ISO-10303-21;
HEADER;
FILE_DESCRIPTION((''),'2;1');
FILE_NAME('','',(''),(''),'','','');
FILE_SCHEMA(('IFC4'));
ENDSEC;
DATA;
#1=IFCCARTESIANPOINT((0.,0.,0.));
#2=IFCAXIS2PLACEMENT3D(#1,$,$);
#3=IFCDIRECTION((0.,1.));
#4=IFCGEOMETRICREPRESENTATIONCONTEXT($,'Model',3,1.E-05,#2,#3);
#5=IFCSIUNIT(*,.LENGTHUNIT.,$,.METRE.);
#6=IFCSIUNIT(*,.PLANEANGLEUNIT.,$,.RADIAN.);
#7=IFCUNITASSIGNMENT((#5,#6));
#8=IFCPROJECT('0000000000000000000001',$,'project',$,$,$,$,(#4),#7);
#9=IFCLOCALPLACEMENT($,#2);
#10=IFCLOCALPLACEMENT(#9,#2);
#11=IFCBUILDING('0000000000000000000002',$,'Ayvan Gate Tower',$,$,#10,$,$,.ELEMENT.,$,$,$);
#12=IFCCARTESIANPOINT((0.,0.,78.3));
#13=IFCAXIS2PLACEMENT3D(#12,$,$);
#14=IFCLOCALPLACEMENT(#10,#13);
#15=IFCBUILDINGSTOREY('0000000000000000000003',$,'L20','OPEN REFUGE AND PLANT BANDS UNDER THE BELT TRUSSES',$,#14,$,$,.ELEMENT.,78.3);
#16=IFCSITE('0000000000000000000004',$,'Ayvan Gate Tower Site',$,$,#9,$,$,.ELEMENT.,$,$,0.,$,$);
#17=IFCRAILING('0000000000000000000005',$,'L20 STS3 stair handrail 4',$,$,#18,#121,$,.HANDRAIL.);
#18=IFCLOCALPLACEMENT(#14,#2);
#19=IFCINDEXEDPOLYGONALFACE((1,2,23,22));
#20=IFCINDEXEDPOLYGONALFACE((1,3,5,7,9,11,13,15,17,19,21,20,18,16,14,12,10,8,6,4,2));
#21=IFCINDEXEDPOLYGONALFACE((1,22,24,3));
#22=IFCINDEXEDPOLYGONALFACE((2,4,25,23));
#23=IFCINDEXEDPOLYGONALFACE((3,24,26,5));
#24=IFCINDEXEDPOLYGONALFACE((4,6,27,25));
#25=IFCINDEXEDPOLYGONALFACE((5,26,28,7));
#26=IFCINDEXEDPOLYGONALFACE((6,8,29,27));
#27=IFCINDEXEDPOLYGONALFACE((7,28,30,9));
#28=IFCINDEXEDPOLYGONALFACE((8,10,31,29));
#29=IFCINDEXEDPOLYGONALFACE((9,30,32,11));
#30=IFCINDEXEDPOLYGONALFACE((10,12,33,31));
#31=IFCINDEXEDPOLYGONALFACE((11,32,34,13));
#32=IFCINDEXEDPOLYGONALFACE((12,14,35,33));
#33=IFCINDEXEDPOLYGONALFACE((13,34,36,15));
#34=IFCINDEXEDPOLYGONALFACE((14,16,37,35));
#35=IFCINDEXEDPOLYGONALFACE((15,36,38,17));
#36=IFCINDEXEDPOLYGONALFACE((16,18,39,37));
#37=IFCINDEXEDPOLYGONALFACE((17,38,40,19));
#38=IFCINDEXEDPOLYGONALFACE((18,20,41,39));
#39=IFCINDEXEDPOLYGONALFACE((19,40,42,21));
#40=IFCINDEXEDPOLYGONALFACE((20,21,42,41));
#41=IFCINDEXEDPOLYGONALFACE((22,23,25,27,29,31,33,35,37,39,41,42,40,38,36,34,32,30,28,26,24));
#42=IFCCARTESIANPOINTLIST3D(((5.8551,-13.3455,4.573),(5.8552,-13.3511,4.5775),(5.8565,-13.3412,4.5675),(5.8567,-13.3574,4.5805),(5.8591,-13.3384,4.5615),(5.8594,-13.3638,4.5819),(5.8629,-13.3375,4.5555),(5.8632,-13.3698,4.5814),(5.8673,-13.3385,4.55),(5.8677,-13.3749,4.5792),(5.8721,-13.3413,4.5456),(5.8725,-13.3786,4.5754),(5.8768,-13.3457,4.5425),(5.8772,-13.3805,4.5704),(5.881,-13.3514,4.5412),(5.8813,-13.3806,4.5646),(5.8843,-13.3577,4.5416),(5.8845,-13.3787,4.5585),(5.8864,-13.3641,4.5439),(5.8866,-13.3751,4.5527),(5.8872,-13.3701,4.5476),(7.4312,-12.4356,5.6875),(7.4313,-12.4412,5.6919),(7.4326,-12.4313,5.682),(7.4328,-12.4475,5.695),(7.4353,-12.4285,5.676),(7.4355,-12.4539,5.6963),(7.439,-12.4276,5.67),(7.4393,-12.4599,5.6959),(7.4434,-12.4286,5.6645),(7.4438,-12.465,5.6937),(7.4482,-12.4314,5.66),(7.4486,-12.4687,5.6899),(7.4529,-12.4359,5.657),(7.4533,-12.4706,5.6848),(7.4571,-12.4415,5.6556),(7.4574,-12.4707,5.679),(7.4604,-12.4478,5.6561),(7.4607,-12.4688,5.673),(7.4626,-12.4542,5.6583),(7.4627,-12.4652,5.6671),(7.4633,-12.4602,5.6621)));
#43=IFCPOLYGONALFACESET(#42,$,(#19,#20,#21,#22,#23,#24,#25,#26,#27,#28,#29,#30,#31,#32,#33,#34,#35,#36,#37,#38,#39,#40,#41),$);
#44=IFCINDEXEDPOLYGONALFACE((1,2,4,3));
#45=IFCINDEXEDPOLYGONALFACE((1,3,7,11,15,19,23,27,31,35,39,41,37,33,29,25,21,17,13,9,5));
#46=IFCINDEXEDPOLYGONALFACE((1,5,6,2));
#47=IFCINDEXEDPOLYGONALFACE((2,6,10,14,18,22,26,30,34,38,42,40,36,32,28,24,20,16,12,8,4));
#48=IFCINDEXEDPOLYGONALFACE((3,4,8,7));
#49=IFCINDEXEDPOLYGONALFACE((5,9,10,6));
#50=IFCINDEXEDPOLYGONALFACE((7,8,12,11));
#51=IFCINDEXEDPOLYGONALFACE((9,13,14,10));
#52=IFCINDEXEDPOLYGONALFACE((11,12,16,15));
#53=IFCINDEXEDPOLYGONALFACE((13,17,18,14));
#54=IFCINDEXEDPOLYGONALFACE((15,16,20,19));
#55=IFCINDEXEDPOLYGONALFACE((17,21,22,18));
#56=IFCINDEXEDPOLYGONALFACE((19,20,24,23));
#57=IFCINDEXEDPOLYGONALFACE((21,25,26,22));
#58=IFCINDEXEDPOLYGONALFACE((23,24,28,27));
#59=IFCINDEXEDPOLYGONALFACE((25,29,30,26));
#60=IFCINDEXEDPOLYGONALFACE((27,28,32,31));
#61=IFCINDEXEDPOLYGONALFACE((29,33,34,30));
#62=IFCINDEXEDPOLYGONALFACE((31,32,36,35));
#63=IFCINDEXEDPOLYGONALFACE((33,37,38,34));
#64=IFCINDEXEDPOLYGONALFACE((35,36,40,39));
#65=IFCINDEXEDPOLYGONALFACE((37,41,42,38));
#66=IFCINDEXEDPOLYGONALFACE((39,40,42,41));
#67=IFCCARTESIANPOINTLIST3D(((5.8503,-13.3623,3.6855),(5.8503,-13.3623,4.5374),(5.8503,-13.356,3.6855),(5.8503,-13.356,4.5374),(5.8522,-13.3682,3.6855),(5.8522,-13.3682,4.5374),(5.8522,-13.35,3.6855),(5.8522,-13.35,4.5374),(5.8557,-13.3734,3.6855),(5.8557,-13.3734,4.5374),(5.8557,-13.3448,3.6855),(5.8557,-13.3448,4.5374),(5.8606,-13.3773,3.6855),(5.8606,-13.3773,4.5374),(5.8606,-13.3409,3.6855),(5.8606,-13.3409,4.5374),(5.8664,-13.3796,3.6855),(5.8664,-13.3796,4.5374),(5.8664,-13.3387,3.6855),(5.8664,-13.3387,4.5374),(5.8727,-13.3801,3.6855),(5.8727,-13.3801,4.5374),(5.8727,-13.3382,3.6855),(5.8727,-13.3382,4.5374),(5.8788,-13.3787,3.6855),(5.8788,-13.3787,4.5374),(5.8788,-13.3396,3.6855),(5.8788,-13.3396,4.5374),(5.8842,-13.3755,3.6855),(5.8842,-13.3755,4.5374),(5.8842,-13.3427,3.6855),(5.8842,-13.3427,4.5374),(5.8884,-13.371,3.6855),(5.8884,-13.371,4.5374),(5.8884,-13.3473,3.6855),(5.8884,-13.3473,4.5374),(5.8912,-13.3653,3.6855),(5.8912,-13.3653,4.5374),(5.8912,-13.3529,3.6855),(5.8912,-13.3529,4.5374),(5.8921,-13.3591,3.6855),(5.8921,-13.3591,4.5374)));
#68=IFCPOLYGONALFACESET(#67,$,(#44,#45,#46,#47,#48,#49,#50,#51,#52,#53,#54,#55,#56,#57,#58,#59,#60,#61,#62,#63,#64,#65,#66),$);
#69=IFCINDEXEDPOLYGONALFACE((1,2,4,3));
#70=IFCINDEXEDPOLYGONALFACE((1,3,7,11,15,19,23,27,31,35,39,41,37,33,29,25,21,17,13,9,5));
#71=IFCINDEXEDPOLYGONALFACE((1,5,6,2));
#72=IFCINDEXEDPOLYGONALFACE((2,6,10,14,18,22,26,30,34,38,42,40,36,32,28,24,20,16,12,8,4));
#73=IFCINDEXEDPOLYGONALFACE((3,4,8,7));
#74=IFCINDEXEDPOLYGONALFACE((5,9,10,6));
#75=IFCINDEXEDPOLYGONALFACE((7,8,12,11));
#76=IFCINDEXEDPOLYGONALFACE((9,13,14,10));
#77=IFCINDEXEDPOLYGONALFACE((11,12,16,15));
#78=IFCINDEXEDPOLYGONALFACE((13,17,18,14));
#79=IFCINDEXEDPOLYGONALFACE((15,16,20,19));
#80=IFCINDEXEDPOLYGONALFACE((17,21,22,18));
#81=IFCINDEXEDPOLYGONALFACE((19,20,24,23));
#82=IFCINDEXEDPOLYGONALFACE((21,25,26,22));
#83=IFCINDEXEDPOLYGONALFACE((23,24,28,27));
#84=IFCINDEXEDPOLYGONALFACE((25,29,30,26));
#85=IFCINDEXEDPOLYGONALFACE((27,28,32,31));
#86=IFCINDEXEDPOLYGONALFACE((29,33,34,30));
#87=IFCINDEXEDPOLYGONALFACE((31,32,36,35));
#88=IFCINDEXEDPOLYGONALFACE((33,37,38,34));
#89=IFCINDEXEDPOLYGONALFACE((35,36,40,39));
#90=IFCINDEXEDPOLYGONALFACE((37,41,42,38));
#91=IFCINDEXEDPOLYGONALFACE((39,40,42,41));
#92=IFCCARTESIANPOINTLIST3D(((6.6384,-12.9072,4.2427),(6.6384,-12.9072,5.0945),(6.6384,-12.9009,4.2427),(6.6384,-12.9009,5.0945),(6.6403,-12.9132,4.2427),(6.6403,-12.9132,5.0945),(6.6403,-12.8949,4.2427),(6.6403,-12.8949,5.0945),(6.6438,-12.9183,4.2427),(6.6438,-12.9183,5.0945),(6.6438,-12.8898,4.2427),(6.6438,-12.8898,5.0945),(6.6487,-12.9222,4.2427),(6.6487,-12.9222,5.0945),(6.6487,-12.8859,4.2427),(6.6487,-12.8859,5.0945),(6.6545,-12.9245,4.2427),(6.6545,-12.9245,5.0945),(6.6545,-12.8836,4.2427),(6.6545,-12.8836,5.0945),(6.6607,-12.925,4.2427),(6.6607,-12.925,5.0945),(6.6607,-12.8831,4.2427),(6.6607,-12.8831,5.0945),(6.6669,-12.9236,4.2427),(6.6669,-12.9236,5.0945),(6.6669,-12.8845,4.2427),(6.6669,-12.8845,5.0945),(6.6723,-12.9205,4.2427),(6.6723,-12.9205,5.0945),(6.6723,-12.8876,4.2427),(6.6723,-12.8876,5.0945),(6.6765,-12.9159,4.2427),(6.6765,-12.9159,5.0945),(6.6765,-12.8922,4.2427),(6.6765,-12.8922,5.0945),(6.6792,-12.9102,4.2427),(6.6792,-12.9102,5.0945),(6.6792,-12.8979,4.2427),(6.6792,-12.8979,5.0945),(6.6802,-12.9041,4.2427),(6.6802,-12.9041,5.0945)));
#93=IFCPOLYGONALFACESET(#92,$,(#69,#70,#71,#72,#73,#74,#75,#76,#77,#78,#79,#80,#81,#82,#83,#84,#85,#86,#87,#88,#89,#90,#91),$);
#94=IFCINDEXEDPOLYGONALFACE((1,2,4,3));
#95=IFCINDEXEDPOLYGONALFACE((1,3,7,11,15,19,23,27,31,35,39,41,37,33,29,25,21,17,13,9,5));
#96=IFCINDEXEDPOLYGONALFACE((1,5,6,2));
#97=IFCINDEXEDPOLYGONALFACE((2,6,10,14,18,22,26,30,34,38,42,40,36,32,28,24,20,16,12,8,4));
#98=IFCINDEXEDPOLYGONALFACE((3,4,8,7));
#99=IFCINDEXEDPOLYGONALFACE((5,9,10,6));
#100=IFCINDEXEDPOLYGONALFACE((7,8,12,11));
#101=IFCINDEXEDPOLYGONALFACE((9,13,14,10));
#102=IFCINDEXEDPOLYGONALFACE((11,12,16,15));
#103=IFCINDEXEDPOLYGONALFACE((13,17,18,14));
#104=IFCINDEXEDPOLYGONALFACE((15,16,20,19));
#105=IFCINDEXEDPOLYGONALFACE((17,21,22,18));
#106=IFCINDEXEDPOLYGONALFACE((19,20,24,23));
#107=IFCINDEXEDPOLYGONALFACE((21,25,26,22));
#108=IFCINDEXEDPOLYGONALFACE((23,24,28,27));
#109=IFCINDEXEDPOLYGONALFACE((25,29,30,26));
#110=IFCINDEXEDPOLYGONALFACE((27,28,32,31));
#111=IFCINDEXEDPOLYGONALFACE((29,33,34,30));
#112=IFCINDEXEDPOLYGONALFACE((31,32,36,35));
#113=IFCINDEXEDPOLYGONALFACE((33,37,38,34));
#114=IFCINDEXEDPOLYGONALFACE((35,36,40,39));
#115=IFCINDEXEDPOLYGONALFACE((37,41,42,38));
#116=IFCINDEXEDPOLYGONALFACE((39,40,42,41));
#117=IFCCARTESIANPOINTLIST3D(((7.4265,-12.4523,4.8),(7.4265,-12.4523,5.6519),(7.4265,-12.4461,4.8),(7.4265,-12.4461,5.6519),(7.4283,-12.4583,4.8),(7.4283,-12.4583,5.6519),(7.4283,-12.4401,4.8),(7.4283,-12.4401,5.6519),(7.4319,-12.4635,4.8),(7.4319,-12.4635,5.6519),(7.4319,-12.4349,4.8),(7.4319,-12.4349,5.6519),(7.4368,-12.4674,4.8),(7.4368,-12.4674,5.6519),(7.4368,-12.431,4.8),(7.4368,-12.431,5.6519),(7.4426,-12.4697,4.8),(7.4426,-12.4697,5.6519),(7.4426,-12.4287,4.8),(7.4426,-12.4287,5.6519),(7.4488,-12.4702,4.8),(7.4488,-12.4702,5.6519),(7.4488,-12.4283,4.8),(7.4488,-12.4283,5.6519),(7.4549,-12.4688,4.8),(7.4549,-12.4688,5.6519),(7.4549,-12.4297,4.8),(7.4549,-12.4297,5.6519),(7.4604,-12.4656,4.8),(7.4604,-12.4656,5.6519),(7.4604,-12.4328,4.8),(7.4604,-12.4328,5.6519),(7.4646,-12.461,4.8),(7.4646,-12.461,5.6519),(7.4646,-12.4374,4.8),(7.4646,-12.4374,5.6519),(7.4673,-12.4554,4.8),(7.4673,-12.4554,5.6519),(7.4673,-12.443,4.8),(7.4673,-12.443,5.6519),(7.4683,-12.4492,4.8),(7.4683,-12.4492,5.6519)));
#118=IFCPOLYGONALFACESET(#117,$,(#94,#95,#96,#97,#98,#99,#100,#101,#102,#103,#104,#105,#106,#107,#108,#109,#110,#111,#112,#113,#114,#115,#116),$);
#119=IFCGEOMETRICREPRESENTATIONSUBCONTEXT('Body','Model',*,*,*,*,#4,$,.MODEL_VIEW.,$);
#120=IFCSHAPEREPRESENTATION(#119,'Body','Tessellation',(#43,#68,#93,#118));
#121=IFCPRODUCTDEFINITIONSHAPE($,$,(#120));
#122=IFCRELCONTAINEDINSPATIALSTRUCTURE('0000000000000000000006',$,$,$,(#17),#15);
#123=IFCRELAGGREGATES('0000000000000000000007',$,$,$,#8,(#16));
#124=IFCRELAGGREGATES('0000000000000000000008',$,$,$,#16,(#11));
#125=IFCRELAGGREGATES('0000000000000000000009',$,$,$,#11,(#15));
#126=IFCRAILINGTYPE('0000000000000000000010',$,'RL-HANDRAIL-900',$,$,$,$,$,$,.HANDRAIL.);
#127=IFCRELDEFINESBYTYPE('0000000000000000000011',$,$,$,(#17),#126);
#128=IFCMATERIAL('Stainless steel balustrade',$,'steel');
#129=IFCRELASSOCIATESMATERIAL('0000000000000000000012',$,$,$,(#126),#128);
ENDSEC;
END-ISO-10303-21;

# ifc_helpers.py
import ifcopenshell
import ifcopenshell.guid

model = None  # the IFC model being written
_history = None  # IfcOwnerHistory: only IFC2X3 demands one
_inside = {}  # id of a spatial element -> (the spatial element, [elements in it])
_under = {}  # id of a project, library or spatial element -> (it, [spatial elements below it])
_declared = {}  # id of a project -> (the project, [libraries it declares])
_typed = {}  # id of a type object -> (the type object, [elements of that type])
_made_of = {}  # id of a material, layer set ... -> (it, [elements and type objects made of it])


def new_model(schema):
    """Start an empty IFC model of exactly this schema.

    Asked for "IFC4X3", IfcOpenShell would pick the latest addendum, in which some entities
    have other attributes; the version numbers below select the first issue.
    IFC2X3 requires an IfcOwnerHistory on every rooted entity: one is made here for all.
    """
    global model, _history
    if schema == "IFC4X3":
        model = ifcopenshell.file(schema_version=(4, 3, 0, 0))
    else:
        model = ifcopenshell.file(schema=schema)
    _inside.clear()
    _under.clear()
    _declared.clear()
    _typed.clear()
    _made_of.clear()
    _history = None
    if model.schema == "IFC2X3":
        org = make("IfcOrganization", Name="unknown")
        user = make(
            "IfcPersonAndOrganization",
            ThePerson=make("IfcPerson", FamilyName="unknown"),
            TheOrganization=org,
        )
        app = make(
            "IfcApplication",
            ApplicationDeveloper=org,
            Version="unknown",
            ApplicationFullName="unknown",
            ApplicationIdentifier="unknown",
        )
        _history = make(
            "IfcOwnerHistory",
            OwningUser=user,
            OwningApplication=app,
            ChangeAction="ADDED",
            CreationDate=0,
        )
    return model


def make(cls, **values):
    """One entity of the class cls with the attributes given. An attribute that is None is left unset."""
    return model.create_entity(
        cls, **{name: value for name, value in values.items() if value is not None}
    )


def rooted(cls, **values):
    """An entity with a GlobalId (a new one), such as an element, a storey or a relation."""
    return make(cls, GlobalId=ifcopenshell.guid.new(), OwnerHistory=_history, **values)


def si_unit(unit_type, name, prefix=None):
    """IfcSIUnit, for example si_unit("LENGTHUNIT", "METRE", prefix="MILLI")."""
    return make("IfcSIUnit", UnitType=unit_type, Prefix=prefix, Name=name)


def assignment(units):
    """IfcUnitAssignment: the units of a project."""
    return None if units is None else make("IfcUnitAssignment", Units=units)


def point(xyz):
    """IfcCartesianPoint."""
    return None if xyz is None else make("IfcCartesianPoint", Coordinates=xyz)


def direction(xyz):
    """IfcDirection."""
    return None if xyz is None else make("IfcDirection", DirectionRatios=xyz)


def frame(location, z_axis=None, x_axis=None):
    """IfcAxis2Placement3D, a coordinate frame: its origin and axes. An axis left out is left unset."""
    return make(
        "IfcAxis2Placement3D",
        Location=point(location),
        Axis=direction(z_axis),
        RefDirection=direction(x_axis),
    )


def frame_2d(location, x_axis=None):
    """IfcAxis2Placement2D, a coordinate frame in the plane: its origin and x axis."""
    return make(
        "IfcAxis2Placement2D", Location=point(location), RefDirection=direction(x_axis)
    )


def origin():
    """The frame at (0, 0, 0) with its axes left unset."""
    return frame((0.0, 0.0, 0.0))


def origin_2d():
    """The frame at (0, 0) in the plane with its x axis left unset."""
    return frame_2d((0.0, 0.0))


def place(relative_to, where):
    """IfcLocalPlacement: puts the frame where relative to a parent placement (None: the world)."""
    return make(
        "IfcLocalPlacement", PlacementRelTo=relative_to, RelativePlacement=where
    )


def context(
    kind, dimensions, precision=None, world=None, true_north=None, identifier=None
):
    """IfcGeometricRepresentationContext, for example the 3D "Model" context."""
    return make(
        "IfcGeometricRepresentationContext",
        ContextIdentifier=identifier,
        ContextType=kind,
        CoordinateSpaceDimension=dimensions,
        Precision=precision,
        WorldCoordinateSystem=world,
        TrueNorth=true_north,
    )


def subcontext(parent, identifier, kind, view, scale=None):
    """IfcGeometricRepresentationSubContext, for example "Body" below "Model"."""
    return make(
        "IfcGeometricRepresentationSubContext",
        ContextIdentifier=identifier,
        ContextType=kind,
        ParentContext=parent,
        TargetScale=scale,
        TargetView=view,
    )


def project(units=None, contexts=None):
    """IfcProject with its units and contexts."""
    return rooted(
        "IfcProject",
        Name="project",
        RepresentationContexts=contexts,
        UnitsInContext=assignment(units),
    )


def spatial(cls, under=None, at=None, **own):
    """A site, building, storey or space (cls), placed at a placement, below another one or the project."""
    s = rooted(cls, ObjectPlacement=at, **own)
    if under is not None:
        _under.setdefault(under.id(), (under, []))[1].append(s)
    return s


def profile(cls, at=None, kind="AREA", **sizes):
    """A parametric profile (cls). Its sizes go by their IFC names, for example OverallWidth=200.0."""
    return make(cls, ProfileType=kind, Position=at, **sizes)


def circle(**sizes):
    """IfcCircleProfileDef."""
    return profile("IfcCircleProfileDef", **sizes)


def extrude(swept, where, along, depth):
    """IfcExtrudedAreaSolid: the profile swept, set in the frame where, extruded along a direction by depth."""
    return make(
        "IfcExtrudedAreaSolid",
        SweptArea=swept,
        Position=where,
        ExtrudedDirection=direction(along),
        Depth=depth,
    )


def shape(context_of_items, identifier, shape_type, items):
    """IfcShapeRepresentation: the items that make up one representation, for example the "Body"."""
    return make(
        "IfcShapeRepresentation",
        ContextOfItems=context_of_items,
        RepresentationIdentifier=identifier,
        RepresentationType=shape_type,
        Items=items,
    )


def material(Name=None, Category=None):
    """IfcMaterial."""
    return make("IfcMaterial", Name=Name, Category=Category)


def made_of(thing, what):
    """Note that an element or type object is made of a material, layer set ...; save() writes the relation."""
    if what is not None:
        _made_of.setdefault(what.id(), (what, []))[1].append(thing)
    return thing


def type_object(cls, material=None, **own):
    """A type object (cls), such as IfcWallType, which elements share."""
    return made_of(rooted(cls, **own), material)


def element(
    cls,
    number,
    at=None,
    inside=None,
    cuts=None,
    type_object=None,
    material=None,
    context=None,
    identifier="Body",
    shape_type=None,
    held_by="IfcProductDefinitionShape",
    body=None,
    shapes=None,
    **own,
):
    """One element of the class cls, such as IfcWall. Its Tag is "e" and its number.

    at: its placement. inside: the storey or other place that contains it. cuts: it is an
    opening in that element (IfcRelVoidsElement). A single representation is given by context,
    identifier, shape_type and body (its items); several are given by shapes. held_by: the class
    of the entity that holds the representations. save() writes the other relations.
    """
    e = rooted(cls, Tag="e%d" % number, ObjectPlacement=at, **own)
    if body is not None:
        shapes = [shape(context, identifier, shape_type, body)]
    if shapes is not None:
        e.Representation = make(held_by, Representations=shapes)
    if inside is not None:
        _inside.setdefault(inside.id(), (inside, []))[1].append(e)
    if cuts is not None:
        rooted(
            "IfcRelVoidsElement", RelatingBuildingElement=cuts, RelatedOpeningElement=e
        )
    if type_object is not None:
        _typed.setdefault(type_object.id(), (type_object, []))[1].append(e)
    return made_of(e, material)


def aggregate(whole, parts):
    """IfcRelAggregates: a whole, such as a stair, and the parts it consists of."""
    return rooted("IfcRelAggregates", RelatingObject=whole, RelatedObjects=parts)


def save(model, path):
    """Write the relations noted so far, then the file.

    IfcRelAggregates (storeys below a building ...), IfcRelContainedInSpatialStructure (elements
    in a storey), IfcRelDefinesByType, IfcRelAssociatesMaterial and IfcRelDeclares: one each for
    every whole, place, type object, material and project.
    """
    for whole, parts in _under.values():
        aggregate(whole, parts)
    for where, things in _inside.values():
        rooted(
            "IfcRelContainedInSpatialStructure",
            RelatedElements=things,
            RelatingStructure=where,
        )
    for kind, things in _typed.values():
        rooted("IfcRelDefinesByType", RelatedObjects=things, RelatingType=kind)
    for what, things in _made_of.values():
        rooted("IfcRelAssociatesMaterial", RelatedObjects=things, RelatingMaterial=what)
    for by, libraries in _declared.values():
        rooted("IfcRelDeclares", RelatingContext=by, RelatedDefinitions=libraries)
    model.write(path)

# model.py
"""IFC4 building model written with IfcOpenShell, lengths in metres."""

from ifc_helpers import new_model, si_unit, direction, frame, origin, origin_2d, place, context, subcontext, project, spatial, circle, extrude, material, type_object, element, save


model = new_model("IFC4")

# Units and contexts
model_context = context("Model", 3, precision=1e-05, world=origin(), true_north=direction((0.0, 1.0)))
body_context = subcontext(model_context, "Body", "Model", "MODEL_VIEW")
ifc_project = project(units=[si_unit("LENGTHUNIT", "METRE"), si_unit("PLANEANGLEUNIT", "RADIAN")], contexts=[model_context])

# Site, building, storey
site_placement = place(None, origin())
site = spatial("IfcSite", under=ifc_project, at=site_placement, Name="Ayvan Gate Tower Site", CompositionType="ELEMENT", RefElevation=0.0)
building_placement = place(site_placement, origin())
building = spatial("IfcBuilding", under=site, at=building_placement, Name="Ayvan Gate Tower", CompositionType="ELEMENT")
storey_placement = place(building_placement, frame((0.0, 0.0, 78.3)))
storey = spatial("IfcBuildingStorey", under=building, at=storey_placement, Name="L20", Description="OPEN REFUGE AND PLANT BANDS UNDER THE BELT TRUSSES", CompositionType="ELEMENT", Elevation=78.3)

# Railing
ifc_material_1 = material(Name="Stainless steel balustrade", Category="steel")
railing_type_1 = type_object("IfcRailingType", Name="RL-HANDRAIL-900", PredefinedType="HANDRAIL", material=ifc_material_1)
railing_1_placement = place(storey_placement, frame((5.8711, -13.3591, 3.6855)))
element("IfcRailing", 1, at=railing_1_placement, inside=storey, type_object=railing_type_1, Name="L20 STS3 stair handrail 4", PredefinedType="HANDRAIL", context=body_context, shape_type="SweptSolid", body=[
    extrude(circle(Radius=0.0239, at=origin_2d()), frame((0.0, 0.0, 0.876), z_axis=(0.738566, 0.426369, 0.522236), x_axis=(-0.499962, 0.866047, 0.0)), (0.0, 0.0, 1.0), 2.134),
    extrude(circle(Radius=0.021, at=origin_2d()), origin(), (0.0, 0.0, 1.0), 0.8518),
    extrude(circle(Radius=0.021, at=origin_2d()), frame((0.7881, 0.4551, 0.5571)), (0.0, 0.0, 1.0), 0.8518),
    extrude(circle(Radius=0.021, at=origin_2d()), frame((1.5762, 0.9099, 1.1145)), (0.0, 0.0, 1.0), 0.8518),
])

save(model, "model.ifc")
